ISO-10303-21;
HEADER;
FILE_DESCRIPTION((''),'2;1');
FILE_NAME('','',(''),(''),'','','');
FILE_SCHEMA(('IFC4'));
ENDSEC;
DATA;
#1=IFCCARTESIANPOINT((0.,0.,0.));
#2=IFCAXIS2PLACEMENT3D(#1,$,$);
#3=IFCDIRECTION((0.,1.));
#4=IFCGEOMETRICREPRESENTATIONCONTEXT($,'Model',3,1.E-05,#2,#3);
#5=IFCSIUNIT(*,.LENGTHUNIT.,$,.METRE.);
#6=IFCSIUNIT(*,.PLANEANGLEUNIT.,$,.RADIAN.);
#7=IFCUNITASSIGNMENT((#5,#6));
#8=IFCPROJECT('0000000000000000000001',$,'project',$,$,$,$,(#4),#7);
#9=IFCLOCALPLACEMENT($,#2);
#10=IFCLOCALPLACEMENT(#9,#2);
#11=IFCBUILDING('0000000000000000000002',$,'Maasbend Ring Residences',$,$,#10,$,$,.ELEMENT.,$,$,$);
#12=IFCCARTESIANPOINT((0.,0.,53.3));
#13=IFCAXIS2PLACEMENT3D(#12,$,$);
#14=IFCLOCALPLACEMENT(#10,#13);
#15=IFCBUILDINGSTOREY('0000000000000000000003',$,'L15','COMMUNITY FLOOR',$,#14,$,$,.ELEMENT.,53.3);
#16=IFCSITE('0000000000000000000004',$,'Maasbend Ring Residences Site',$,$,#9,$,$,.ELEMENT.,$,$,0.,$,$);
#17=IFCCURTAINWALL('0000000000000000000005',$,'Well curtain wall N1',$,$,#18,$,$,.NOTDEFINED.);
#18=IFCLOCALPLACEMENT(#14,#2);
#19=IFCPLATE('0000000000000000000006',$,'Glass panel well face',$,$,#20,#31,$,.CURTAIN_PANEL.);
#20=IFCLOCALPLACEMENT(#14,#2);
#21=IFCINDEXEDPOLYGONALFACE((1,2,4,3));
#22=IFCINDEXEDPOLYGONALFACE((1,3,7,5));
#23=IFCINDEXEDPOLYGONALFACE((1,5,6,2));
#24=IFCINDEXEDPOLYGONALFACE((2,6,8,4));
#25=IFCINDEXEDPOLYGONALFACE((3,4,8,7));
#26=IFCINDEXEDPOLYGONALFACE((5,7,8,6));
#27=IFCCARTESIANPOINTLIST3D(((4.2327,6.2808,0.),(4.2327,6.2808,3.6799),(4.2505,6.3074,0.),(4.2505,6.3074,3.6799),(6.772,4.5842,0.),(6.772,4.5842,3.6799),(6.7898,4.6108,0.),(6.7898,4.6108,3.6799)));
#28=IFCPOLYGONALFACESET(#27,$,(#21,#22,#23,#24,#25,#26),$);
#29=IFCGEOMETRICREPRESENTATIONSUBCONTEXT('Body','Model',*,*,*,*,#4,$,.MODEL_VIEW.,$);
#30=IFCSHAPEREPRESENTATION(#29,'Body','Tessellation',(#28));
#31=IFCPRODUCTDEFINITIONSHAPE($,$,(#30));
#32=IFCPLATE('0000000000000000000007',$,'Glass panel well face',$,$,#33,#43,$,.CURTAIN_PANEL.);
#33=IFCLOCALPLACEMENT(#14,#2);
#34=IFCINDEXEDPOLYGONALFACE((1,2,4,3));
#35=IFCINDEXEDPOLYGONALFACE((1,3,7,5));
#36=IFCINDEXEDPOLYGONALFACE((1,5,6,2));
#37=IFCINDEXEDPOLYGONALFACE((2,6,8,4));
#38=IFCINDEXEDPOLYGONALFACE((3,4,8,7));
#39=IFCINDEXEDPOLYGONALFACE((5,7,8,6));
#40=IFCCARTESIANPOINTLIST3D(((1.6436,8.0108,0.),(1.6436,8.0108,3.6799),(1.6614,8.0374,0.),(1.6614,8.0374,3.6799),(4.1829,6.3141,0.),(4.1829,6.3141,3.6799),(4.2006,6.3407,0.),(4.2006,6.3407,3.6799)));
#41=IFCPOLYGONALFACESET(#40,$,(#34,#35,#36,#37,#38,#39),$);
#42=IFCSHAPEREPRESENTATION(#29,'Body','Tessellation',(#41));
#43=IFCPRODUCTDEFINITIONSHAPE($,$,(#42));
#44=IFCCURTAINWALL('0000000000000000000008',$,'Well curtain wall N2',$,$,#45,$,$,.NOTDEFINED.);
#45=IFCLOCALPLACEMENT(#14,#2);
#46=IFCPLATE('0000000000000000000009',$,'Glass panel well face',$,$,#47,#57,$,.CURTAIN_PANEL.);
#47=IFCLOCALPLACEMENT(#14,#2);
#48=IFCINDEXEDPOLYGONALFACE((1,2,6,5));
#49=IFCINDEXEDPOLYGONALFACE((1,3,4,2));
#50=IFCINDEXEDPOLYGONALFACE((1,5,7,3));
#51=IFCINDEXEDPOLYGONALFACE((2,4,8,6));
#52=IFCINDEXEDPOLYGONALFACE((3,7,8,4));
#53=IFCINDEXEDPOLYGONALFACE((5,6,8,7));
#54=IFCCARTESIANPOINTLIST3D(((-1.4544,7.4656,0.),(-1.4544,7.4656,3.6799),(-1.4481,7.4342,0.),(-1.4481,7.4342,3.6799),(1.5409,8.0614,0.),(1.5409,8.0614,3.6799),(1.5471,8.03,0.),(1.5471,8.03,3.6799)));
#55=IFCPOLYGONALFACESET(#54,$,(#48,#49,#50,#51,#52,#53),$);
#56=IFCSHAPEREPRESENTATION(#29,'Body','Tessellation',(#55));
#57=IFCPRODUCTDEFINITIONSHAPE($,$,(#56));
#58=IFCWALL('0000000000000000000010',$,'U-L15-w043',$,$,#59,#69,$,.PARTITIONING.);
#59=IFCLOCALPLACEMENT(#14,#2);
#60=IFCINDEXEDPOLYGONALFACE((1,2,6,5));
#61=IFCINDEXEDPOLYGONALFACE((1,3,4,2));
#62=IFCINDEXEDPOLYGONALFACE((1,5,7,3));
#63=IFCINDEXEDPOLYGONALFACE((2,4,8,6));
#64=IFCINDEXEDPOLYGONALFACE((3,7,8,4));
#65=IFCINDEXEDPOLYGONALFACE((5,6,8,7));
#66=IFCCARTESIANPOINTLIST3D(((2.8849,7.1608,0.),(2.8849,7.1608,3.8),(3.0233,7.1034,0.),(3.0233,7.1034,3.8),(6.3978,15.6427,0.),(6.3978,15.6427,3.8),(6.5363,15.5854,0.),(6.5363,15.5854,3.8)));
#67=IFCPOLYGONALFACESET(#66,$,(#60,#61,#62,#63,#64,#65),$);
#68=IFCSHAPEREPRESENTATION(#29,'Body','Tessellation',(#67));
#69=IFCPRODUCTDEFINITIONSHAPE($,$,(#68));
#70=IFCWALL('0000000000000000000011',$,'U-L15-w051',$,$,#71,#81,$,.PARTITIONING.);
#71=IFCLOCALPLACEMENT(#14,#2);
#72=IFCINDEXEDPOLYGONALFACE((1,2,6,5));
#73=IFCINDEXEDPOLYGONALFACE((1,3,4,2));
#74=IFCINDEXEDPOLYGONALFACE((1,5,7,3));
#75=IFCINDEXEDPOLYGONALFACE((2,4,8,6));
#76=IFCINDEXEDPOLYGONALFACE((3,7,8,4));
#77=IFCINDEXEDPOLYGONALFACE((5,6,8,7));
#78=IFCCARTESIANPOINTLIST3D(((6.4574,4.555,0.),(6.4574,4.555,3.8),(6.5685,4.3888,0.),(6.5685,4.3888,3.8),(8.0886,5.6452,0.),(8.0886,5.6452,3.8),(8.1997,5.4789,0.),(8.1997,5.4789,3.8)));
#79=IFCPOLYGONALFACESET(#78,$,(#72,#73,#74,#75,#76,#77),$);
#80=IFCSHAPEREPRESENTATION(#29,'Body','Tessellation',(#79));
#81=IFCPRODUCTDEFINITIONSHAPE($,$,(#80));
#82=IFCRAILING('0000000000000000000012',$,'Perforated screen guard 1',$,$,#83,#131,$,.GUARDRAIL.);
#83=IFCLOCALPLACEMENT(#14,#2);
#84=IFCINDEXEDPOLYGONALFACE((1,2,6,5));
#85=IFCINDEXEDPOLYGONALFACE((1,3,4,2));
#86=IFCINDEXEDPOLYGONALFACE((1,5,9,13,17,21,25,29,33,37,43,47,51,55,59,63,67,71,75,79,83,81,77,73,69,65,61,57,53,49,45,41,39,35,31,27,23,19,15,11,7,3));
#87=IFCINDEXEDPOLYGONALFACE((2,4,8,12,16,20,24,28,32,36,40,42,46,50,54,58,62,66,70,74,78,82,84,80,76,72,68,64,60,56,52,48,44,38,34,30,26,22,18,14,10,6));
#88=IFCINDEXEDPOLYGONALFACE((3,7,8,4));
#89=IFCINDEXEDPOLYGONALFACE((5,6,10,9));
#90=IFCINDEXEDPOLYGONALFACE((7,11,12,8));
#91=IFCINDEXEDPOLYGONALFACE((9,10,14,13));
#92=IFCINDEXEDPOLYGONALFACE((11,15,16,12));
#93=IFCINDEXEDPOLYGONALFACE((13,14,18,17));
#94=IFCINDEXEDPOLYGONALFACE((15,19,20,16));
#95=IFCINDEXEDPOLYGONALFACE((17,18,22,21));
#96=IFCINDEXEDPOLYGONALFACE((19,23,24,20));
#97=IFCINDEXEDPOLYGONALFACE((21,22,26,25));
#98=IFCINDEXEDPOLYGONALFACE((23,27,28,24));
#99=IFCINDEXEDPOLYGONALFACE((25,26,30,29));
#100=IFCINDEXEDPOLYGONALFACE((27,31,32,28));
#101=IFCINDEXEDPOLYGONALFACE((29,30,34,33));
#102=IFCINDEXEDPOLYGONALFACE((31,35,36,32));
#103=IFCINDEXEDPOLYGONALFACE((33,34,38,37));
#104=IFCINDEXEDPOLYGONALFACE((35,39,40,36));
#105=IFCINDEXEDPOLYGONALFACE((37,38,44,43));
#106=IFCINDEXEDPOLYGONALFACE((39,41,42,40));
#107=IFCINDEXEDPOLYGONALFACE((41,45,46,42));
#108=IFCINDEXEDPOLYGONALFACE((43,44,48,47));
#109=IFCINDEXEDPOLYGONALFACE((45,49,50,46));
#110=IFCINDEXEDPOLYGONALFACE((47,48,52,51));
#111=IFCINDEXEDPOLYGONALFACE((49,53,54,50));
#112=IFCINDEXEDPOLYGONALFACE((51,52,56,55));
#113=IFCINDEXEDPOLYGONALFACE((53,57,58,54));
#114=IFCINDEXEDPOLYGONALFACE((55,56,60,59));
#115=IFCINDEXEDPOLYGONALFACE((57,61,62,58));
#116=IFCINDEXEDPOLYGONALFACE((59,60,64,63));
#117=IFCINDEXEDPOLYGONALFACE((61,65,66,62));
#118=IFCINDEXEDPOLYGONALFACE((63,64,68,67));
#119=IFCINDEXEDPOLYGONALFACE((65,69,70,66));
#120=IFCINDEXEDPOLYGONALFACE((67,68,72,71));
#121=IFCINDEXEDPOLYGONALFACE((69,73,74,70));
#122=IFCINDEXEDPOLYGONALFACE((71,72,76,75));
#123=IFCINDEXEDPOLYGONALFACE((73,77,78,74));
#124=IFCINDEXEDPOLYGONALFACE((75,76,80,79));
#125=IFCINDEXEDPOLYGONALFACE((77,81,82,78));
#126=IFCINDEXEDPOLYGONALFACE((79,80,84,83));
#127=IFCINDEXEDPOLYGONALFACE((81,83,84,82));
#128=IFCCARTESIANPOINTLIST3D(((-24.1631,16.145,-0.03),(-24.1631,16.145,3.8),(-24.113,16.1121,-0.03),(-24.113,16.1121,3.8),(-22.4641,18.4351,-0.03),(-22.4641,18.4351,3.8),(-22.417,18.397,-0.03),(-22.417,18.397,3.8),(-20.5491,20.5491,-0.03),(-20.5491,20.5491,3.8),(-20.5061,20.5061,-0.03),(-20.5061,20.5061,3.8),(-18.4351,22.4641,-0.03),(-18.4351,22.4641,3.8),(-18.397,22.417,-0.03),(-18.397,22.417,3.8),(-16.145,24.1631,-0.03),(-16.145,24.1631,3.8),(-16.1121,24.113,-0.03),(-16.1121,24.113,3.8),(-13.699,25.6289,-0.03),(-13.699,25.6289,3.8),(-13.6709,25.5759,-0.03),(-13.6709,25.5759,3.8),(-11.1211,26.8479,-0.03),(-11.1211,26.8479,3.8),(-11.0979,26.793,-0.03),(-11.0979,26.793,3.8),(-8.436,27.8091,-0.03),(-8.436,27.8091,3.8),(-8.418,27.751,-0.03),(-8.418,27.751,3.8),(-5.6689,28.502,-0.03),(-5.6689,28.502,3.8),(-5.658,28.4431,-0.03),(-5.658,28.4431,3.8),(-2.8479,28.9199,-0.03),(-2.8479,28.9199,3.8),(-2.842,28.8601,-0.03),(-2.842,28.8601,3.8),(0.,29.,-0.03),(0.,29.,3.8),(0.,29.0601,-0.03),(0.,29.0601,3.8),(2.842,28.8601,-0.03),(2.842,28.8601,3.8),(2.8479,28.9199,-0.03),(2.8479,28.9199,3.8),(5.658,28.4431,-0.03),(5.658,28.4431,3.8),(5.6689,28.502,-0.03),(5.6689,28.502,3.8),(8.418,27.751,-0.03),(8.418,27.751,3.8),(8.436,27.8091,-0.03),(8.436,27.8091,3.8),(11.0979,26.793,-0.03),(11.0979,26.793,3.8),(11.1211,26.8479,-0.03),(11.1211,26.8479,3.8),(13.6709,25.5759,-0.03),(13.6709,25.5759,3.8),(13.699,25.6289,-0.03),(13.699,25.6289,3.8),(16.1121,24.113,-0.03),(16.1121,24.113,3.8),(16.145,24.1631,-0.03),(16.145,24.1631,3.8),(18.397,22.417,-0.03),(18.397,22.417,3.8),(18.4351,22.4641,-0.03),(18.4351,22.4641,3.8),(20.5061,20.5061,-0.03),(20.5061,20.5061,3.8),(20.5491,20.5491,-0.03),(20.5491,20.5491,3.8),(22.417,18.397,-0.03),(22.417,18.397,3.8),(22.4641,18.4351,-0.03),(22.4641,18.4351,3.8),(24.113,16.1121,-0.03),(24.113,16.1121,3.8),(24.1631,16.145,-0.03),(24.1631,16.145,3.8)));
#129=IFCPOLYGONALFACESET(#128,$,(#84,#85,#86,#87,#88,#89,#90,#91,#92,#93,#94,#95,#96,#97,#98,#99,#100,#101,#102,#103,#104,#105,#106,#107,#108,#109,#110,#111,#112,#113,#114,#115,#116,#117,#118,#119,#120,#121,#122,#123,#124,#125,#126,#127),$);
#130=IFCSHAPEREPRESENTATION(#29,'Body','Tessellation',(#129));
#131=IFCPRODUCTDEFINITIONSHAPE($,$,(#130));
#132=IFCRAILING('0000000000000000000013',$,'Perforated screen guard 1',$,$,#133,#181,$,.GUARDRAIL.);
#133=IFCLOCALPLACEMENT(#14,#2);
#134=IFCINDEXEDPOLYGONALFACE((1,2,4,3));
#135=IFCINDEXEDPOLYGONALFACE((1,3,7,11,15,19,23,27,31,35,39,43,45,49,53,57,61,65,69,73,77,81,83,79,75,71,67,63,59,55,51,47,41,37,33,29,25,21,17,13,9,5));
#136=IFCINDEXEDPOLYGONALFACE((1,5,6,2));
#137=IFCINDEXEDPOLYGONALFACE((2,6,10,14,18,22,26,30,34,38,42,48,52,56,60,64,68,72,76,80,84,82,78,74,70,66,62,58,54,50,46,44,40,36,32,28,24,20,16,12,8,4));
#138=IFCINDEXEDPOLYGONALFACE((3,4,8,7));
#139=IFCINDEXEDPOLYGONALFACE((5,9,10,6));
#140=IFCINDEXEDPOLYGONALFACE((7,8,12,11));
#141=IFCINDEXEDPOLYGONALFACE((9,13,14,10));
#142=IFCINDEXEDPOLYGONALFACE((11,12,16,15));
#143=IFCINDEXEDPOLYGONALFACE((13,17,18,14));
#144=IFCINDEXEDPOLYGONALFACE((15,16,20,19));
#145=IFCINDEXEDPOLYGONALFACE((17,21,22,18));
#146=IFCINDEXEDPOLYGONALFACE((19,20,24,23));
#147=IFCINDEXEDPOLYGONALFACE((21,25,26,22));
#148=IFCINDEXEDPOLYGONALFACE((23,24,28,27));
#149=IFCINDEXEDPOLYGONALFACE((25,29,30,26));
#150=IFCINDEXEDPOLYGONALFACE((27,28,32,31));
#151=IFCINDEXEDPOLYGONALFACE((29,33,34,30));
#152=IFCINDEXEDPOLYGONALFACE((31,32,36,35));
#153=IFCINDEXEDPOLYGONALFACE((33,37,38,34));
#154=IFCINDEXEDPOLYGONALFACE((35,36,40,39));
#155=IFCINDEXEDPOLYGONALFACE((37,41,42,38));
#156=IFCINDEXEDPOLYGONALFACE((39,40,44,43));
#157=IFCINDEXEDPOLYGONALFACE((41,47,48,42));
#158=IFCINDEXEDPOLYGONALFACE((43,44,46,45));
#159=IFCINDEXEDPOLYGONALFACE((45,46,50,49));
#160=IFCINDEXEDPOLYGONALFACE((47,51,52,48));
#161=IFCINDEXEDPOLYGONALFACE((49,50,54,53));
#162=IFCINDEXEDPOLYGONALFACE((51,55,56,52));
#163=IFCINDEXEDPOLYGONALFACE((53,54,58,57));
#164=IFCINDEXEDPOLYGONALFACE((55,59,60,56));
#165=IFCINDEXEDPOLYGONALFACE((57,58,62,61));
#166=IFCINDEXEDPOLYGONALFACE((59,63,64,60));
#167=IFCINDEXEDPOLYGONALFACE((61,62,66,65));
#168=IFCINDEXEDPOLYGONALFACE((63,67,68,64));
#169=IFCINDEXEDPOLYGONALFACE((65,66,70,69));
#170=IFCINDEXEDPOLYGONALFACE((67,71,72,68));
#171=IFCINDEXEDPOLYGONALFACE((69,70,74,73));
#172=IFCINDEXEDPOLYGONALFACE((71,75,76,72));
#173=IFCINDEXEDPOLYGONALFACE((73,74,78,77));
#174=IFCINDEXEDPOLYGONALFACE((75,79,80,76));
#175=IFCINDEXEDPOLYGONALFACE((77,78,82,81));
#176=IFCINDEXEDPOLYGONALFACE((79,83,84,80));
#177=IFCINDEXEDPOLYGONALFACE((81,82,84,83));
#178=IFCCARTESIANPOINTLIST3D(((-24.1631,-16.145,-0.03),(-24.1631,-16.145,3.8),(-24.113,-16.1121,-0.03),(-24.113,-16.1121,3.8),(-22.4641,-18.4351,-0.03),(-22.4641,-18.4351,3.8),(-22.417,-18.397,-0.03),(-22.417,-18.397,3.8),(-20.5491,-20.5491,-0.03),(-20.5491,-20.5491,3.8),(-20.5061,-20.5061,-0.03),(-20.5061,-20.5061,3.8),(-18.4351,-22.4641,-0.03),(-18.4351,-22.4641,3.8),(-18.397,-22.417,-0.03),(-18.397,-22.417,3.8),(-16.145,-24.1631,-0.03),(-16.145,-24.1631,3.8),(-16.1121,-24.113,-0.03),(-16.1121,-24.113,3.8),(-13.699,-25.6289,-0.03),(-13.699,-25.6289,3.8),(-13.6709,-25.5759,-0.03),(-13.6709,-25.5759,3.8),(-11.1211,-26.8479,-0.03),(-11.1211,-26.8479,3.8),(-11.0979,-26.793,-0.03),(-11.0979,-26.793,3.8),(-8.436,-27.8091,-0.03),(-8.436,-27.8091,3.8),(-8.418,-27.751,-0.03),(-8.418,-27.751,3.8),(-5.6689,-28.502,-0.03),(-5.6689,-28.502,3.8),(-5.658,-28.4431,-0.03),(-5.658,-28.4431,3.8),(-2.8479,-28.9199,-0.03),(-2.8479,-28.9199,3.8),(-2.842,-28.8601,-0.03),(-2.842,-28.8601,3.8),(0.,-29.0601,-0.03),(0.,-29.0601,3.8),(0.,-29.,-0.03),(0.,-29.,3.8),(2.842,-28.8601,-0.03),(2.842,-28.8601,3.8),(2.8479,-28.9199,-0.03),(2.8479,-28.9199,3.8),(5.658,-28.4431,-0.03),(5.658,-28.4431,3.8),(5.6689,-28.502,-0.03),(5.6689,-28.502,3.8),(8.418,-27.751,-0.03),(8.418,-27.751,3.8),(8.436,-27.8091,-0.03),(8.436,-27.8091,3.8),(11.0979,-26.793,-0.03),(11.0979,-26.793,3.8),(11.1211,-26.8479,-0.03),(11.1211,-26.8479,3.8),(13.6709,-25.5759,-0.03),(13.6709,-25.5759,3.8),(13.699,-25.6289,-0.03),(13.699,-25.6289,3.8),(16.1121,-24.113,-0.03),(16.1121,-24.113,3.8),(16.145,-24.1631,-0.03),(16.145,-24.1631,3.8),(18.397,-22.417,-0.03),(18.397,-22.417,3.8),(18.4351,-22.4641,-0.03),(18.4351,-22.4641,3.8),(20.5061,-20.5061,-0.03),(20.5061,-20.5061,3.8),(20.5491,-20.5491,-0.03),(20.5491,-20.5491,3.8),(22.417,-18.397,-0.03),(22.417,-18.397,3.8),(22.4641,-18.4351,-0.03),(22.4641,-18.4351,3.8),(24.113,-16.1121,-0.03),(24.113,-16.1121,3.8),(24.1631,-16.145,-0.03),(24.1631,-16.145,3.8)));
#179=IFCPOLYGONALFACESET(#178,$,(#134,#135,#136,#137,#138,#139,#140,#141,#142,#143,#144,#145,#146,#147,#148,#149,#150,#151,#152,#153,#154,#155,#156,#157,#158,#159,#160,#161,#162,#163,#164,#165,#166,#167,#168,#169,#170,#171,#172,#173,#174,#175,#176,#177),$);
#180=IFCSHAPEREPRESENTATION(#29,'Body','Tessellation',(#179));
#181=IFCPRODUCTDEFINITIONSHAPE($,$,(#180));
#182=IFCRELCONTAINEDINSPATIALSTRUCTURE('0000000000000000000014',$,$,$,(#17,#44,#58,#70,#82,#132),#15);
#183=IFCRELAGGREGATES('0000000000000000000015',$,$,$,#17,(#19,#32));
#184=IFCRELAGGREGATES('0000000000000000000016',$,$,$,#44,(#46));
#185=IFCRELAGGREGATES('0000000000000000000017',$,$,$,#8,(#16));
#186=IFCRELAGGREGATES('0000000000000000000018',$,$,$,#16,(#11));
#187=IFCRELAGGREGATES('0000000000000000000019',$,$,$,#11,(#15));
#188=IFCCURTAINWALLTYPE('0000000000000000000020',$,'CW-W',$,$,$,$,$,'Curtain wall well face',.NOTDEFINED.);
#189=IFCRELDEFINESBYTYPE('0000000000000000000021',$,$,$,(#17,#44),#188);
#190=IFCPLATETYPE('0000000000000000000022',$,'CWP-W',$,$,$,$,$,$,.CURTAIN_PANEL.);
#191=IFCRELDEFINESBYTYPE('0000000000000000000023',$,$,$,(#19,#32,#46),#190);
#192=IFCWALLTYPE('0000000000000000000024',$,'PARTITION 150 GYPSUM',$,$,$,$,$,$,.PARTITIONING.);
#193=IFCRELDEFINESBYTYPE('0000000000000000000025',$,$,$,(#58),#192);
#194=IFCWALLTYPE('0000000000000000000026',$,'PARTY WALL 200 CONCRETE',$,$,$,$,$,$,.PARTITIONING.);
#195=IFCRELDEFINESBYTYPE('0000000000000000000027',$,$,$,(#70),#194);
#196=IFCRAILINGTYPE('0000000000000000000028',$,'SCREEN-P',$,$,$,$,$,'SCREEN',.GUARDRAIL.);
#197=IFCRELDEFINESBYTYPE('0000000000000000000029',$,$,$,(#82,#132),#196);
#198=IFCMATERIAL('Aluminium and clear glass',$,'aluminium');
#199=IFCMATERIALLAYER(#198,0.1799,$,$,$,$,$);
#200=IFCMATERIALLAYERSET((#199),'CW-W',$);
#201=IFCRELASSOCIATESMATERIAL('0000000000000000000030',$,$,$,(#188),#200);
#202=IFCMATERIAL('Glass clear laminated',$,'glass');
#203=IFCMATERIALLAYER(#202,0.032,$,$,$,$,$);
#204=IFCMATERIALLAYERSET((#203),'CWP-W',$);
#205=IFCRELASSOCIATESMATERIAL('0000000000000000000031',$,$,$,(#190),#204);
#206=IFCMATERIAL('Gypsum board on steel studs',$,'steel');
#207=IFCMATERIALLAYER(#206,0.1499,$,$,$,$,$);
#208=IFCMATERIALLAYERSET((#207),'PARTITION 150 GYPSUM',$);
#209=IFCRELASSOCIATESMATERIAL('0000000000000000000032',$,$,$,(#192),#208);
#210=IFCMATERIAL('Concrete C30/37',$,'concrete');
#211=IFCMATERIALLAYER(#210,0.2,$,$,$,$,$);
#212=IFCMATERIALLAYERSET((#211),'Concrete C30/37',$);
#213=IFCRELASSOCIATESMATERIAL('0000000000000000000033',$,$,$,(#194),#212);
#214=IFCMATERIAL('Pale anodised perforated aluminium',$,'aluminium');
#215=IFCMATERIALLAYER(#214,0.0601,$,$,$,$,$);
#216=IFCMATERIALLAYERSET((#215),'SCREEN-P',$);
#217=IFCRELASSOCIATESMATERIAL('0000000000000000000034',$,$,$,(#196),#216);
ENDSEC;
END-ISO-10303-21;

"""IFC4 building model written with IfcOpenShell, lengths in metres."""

from ifc_helpers import new_model, si_unit, direction, frame, frame_2d, origin, origin_2d, place, context, subcontext, project, spatial, polyline, rectangle, outline, extrude, material, layer, layer_set, type_object, element, aggregate, save


model = new_model("IFC4")

# Units and contexts
model_context = context("Model", 3, precision=1e-05, world=origin(), true_north=direction((0.0, 1.0)))
body_context = subcontext(model_context, "Body", "Model", "MODEL_VIEW")
ifc_project = project(units=[si_unit("LENGTHUNIT", "METRE"), si_unit("PLANEANGLEUNIT", "RADIAN")], contexts=[model_context])

# Site, building, storey
site_placement = place(None, origin())
site = spatial("IfcSite", under=ifc_project, at=site_placement, Name="Maasbend Ring Residences Site", CompositionType="ELEMENT", RefElevation=0.0)
building_placement = place(site_placement, origin())
building = spatial("IfcBuilding", under=site, at=building_placement, Name="Maasbend Ring Residences", CompositionType="ELEMENT")
storey_placement = place(building_placement, frame((0.0, 0.0, 53.3)))
storey = spatial("IfcBuildingStorey", under=building, at=storey_placement, Name="L15", Description="COMMUNITY FLOOR", CompositionType="ELEMENT", Elevation=53.3)

# Curtain wall
ifc_material_1 = material(Name="Aluminium and clear glass", Category="aluminium")
ifc_layer_1 = layer(ifc_material_1, 0.1799)
ifc_layer_set_1 = layer_set([ifc_layer_1], Name="CW-W")
curtain_wall_type = type_object("IfcCurtainWallType", Name="CW-W", ElementType="Curtain wall well face", PredefinedType="NOTDEFINED", material=ifc_layer_set_1)
curtain_wall_1_placement = place(storey_placement, origin())
curtain_wall_1 = element("IfcCurtainWall", 1, at=curtain_wall_1_placement, inside=storey, type_object=curtain_wall_type, Name="Well curtain wall N1", PredefinedType="NOTDEFINED")

# Plates
ifc_material_2 = material(Name="Glass clear laminated", Category="glass")
ifc_layer_2 = layer(ifc_material_2, 0.032)
ifc_layer_set_2 = layer_set([ifc_layer_2], Name="CWP-W")
plate_type = type_object("IfcPlateType", Name="CWP-W", PredefinedType="CURTAIN_PANEL", material=ifc_layer_set_2)
plate_1_placement = place(storey_placement, frame((5.5112, 5.4458, 0.0), z_axis=(0.0, 0.0, 1.0), x_axis=(-0.83147, 0.55557, 0.0)))
plate_1 = element("IfcPlate", 2, at=plate_1_placement, type_object=plate_type, Name="Glass panel well face", PredefinedType="CURTAIN_PANEL", context=body_context, shape_type="SweptSolid", body=[
    extrude(rectangle(XDim=3.054, YDim=0.032, at=origin_2d()), origin(), (0.0, 0.0, 1.0), 3.6799),
])
plate_2_placement = place(storey_placement, frame((2.9221, 7.1758, 0.0), z_axis=(0.0, 0.0, 1.0), x_axis=(-0.83147, 0.55557, 0.0)))
plate_2 = element("IfcPlate", 3, at=plate_2_placement, type_object=plate_type, Name="Glass panel well face", PredefinedType="CURTAIN_PANEL", context=body_context, shape_type="SweptSolid", body=[
    extrude(rectangle(XDim=3.054, YDim=0.032, at=origin_2d()), origin(), (0.0, 0.0, 1.0), 3.6799),
])
aggregate(curtain_wall_1, [plate_1, plate_2])

# Curtain wall, plate
curtain_wall_2_placement = place(storey_placement, origin())
curtain_wall_2 = element("IfcCurtainWall", 4, at=curtain_wall_2_placement, inside=storey, type_object=curtain_wall_type, Name="Well curtain wall N2", PredefinedType="NOTDEFINED")
plate_3_placement = place(storey_placement, frame((0.0464, 7.7478, 0.0), z_axis=(0.0, 0.0, 1.0), x_axis=(-0.980785, -0.19509, 0.0)))
plate_3 = element("IfcPlate", 5, at=plate_3_placement, type_object=plate_type, Name="Glass panel well face", PredefinedType="CURTAIN_PANEL", context=body_context, shape_type="SweptSolid", body=[
    extrude(rectangle(XDim=3.054, YDim=0.032, at=origin_2d()), origin(), (0.0, 0.0, 1.0), 3.6799),
])
aggregate(curtain_wall_2, [plate_3])

# Walls
ifc_material_3 = material(Name="Gypsum board on steel studs", Category="steel")
ifc_layer_3 = layer(ifc_material_3, 0.1499)
ifc_layer_set_3 = layer_set([ifc_layer_3], Name="PARTITION 150 GYPSUM")
wall_type_1 = type_object("IfcWallType", Name="PARTITION 150 GYPSUM", PredefinedType="PARTITIONING", material=ifc_layer_set_3)
wall_1_placement = place(storey_placement, frame((2.9541, 7.1321, 0.0), z_axis=(0.0, 0.0, 1.0), x_axis=(0.382647, 0.923895, 0.0)))
element("IfcWall", 6, at=wall_1_placement, inside=storey, type_object=wall_type_1, Name="U-L15-w043", PredefinedType="PARTITIONING", context=body_context, shape_type="SweptSolid", body=[
    extrude(rectangle(XDim=9.1807, YDim=0.1499, at=frame_2d((4.5903, 0.0))), origin(), (0.0, 0.0, 1.0), 3.8),
])
ifc_material_4 = material(Name="Concrete C30/37", Category="concrete")
ifc_layer_4 = layer(ifc_material_4, 0.2)
ifc_layer_set_4 = layer_set([ifc_layer_4], Name="Concrete C30/37")
wall_type_2 = type_object("IfcWallType", Name="PARTY WALL 200 CONCRETE", PredefinedType="PARTITIONING", material=ifc_layer_set_4)
wall_2_placement = place(storey_placement, frame((6.5129, 4.4719, 0.0), z_axis=(0.0, 0.0, 1.0), x_axis=(0.831418, 0.555648, 0.0)))
element("IfcWall", 7, at=wall_2_placement, inside=storey, type_object=wall_type_2, Name="U-L15-w051", PredefinedType="PARTITIONING", context=body_context, shape_type="SweptSolid", body=[
    extrude(rectangle(XDim=1.9619, YDim=0.2, at=frame_2d((0.981, 0.0))), origin(), (0.0, 0.0, 1.0), 3.8),
])

# Railings
ifc_material_5 = material(Name="Pale anodised perforated aluminium", Category="aluminium")
ifc_layer_5 = layer(ifc_material_5, 0.0601)
ifc_layer_set_5 = layer_set([ifc_layer_5], Name="SCREEN-P")
railing_type = type_object("IfcRailingType", Name="SCREEN-P", ElementType="SCREEN", PredefinedType="GUARDRAIL", material=ifc_layer_set_5)
railing_1_placement = place(storey_placement, frame((0.0, 0.0, -0.03)))
element("IfcRailing", 8, at=railing_1_placement, inside=storey, type_object=railing_type, Name="Perforated screen guard 1", PredefinedType="GUARDRAIL", context=body_context, shape_type="SweptSolid", body=[
    extrude(outline(polyline([(24.113, 16.1121), (22.417, 18.397), (20.5061, 20.5061), (18.397, 22.417), (16.1121, 24.113), (13.6709, 25.5759), (11.0979, 26.793), (8.418, 27.751), (5.658, 28.4431), (2.842, 28.8601), (0.0, 29.0), (-2.842, 28.8601), (-5.658, 28.4431), (-8.418, 27.751), (-11.0979, 26.793), (-13.6709, 25.5759), (-16.1121, 24.113), (-18.397, 22.417), (-20.5061, 20.5061), (-22.417, 18.397), (-24.113, 16.1121), (-24.1631, 16.145), (-22.4641, 18.4351), (-20.5491, 20.5491), (-18.4351, 22.4641), (-16.145, 24.1631), (-13.699, 25.6289), (-11.1211, 26.8479), (-8.436, 27.8091), (-5.6689, 28.502), (-2.8479, 28.9199), (0.0, 29.0601), (2.8479, 28.9199), (5.6689, 28.502), (8.436, 27.8091), (11.1211, 26.8479), (13.699, 25.6289), (16.145, 24.1631), (18.4351, 22.4641), (20.5491, 20.5491), (22.4641, 18.4351), (24.1631, 16.145), (24.113, 16.1121)])), origin(), (0.0, 0.0, 1.0), 3.8301),
])
railing_2_placement = place(storey_placement, frame((0.0, 0.0, -0.03)))
element("IfcRailing", 9, at=railing_2_placement, inside=storey, type_object=railing_type, Name="Perforated screen guard 1", PredefinedType="GUARDRAIL", context=body_context, shape_type="SweptSolid", body=[
    extrude(outline(polyline([(-24.113, -16.1121), (-22.417, -18.397), (-20.5061, -20.5061), (-18.397, -22.417), (-16.1121, -24.113), (-13.6709, -25.5759), (-11.0979, -26.793), (-8.418, -27.751), (-5.658, -28.4431), (-2.842, -28.8601), (0.0, -29.0), (2.842, -28.8601), (5.658, -28.4431), (8.418, -27.751), (11.0979, -26.793), (13.6709, -25.5759), (16.1121, -24.113), (18.397, -22.417), (20.5061, -20.5061), (22.417, -18.397), (24.113, -16.1121), (24.1631, -16.145), (22.4641, -18.4351), (20.5491, -20.5491), (18.4351, -22.4641), (16.145, -24.1631), (13.699, -25.6289), (11.1211, -26.8479), (8.436, -27.8091), (5.6689, -28.502), (2.8479, -28.9199), (0.0, -29.0601), (-2.8479, -28.9199), (-5.6689, -28.502), (-8.436, -27.8091), (-11.1211, -26.8479), (-13.699, -25.6289), (-16.145, -24.1631), (-18.4351, -22.4641), (-20.5491, -20.5491), (-22.4641, -18.4351), (-24.1631, -16.145), (-24.113, -16.1121)])), origin(), (0.0, 0.0, 1.0), 3.8301),
])

save(model, "model.ifc")
